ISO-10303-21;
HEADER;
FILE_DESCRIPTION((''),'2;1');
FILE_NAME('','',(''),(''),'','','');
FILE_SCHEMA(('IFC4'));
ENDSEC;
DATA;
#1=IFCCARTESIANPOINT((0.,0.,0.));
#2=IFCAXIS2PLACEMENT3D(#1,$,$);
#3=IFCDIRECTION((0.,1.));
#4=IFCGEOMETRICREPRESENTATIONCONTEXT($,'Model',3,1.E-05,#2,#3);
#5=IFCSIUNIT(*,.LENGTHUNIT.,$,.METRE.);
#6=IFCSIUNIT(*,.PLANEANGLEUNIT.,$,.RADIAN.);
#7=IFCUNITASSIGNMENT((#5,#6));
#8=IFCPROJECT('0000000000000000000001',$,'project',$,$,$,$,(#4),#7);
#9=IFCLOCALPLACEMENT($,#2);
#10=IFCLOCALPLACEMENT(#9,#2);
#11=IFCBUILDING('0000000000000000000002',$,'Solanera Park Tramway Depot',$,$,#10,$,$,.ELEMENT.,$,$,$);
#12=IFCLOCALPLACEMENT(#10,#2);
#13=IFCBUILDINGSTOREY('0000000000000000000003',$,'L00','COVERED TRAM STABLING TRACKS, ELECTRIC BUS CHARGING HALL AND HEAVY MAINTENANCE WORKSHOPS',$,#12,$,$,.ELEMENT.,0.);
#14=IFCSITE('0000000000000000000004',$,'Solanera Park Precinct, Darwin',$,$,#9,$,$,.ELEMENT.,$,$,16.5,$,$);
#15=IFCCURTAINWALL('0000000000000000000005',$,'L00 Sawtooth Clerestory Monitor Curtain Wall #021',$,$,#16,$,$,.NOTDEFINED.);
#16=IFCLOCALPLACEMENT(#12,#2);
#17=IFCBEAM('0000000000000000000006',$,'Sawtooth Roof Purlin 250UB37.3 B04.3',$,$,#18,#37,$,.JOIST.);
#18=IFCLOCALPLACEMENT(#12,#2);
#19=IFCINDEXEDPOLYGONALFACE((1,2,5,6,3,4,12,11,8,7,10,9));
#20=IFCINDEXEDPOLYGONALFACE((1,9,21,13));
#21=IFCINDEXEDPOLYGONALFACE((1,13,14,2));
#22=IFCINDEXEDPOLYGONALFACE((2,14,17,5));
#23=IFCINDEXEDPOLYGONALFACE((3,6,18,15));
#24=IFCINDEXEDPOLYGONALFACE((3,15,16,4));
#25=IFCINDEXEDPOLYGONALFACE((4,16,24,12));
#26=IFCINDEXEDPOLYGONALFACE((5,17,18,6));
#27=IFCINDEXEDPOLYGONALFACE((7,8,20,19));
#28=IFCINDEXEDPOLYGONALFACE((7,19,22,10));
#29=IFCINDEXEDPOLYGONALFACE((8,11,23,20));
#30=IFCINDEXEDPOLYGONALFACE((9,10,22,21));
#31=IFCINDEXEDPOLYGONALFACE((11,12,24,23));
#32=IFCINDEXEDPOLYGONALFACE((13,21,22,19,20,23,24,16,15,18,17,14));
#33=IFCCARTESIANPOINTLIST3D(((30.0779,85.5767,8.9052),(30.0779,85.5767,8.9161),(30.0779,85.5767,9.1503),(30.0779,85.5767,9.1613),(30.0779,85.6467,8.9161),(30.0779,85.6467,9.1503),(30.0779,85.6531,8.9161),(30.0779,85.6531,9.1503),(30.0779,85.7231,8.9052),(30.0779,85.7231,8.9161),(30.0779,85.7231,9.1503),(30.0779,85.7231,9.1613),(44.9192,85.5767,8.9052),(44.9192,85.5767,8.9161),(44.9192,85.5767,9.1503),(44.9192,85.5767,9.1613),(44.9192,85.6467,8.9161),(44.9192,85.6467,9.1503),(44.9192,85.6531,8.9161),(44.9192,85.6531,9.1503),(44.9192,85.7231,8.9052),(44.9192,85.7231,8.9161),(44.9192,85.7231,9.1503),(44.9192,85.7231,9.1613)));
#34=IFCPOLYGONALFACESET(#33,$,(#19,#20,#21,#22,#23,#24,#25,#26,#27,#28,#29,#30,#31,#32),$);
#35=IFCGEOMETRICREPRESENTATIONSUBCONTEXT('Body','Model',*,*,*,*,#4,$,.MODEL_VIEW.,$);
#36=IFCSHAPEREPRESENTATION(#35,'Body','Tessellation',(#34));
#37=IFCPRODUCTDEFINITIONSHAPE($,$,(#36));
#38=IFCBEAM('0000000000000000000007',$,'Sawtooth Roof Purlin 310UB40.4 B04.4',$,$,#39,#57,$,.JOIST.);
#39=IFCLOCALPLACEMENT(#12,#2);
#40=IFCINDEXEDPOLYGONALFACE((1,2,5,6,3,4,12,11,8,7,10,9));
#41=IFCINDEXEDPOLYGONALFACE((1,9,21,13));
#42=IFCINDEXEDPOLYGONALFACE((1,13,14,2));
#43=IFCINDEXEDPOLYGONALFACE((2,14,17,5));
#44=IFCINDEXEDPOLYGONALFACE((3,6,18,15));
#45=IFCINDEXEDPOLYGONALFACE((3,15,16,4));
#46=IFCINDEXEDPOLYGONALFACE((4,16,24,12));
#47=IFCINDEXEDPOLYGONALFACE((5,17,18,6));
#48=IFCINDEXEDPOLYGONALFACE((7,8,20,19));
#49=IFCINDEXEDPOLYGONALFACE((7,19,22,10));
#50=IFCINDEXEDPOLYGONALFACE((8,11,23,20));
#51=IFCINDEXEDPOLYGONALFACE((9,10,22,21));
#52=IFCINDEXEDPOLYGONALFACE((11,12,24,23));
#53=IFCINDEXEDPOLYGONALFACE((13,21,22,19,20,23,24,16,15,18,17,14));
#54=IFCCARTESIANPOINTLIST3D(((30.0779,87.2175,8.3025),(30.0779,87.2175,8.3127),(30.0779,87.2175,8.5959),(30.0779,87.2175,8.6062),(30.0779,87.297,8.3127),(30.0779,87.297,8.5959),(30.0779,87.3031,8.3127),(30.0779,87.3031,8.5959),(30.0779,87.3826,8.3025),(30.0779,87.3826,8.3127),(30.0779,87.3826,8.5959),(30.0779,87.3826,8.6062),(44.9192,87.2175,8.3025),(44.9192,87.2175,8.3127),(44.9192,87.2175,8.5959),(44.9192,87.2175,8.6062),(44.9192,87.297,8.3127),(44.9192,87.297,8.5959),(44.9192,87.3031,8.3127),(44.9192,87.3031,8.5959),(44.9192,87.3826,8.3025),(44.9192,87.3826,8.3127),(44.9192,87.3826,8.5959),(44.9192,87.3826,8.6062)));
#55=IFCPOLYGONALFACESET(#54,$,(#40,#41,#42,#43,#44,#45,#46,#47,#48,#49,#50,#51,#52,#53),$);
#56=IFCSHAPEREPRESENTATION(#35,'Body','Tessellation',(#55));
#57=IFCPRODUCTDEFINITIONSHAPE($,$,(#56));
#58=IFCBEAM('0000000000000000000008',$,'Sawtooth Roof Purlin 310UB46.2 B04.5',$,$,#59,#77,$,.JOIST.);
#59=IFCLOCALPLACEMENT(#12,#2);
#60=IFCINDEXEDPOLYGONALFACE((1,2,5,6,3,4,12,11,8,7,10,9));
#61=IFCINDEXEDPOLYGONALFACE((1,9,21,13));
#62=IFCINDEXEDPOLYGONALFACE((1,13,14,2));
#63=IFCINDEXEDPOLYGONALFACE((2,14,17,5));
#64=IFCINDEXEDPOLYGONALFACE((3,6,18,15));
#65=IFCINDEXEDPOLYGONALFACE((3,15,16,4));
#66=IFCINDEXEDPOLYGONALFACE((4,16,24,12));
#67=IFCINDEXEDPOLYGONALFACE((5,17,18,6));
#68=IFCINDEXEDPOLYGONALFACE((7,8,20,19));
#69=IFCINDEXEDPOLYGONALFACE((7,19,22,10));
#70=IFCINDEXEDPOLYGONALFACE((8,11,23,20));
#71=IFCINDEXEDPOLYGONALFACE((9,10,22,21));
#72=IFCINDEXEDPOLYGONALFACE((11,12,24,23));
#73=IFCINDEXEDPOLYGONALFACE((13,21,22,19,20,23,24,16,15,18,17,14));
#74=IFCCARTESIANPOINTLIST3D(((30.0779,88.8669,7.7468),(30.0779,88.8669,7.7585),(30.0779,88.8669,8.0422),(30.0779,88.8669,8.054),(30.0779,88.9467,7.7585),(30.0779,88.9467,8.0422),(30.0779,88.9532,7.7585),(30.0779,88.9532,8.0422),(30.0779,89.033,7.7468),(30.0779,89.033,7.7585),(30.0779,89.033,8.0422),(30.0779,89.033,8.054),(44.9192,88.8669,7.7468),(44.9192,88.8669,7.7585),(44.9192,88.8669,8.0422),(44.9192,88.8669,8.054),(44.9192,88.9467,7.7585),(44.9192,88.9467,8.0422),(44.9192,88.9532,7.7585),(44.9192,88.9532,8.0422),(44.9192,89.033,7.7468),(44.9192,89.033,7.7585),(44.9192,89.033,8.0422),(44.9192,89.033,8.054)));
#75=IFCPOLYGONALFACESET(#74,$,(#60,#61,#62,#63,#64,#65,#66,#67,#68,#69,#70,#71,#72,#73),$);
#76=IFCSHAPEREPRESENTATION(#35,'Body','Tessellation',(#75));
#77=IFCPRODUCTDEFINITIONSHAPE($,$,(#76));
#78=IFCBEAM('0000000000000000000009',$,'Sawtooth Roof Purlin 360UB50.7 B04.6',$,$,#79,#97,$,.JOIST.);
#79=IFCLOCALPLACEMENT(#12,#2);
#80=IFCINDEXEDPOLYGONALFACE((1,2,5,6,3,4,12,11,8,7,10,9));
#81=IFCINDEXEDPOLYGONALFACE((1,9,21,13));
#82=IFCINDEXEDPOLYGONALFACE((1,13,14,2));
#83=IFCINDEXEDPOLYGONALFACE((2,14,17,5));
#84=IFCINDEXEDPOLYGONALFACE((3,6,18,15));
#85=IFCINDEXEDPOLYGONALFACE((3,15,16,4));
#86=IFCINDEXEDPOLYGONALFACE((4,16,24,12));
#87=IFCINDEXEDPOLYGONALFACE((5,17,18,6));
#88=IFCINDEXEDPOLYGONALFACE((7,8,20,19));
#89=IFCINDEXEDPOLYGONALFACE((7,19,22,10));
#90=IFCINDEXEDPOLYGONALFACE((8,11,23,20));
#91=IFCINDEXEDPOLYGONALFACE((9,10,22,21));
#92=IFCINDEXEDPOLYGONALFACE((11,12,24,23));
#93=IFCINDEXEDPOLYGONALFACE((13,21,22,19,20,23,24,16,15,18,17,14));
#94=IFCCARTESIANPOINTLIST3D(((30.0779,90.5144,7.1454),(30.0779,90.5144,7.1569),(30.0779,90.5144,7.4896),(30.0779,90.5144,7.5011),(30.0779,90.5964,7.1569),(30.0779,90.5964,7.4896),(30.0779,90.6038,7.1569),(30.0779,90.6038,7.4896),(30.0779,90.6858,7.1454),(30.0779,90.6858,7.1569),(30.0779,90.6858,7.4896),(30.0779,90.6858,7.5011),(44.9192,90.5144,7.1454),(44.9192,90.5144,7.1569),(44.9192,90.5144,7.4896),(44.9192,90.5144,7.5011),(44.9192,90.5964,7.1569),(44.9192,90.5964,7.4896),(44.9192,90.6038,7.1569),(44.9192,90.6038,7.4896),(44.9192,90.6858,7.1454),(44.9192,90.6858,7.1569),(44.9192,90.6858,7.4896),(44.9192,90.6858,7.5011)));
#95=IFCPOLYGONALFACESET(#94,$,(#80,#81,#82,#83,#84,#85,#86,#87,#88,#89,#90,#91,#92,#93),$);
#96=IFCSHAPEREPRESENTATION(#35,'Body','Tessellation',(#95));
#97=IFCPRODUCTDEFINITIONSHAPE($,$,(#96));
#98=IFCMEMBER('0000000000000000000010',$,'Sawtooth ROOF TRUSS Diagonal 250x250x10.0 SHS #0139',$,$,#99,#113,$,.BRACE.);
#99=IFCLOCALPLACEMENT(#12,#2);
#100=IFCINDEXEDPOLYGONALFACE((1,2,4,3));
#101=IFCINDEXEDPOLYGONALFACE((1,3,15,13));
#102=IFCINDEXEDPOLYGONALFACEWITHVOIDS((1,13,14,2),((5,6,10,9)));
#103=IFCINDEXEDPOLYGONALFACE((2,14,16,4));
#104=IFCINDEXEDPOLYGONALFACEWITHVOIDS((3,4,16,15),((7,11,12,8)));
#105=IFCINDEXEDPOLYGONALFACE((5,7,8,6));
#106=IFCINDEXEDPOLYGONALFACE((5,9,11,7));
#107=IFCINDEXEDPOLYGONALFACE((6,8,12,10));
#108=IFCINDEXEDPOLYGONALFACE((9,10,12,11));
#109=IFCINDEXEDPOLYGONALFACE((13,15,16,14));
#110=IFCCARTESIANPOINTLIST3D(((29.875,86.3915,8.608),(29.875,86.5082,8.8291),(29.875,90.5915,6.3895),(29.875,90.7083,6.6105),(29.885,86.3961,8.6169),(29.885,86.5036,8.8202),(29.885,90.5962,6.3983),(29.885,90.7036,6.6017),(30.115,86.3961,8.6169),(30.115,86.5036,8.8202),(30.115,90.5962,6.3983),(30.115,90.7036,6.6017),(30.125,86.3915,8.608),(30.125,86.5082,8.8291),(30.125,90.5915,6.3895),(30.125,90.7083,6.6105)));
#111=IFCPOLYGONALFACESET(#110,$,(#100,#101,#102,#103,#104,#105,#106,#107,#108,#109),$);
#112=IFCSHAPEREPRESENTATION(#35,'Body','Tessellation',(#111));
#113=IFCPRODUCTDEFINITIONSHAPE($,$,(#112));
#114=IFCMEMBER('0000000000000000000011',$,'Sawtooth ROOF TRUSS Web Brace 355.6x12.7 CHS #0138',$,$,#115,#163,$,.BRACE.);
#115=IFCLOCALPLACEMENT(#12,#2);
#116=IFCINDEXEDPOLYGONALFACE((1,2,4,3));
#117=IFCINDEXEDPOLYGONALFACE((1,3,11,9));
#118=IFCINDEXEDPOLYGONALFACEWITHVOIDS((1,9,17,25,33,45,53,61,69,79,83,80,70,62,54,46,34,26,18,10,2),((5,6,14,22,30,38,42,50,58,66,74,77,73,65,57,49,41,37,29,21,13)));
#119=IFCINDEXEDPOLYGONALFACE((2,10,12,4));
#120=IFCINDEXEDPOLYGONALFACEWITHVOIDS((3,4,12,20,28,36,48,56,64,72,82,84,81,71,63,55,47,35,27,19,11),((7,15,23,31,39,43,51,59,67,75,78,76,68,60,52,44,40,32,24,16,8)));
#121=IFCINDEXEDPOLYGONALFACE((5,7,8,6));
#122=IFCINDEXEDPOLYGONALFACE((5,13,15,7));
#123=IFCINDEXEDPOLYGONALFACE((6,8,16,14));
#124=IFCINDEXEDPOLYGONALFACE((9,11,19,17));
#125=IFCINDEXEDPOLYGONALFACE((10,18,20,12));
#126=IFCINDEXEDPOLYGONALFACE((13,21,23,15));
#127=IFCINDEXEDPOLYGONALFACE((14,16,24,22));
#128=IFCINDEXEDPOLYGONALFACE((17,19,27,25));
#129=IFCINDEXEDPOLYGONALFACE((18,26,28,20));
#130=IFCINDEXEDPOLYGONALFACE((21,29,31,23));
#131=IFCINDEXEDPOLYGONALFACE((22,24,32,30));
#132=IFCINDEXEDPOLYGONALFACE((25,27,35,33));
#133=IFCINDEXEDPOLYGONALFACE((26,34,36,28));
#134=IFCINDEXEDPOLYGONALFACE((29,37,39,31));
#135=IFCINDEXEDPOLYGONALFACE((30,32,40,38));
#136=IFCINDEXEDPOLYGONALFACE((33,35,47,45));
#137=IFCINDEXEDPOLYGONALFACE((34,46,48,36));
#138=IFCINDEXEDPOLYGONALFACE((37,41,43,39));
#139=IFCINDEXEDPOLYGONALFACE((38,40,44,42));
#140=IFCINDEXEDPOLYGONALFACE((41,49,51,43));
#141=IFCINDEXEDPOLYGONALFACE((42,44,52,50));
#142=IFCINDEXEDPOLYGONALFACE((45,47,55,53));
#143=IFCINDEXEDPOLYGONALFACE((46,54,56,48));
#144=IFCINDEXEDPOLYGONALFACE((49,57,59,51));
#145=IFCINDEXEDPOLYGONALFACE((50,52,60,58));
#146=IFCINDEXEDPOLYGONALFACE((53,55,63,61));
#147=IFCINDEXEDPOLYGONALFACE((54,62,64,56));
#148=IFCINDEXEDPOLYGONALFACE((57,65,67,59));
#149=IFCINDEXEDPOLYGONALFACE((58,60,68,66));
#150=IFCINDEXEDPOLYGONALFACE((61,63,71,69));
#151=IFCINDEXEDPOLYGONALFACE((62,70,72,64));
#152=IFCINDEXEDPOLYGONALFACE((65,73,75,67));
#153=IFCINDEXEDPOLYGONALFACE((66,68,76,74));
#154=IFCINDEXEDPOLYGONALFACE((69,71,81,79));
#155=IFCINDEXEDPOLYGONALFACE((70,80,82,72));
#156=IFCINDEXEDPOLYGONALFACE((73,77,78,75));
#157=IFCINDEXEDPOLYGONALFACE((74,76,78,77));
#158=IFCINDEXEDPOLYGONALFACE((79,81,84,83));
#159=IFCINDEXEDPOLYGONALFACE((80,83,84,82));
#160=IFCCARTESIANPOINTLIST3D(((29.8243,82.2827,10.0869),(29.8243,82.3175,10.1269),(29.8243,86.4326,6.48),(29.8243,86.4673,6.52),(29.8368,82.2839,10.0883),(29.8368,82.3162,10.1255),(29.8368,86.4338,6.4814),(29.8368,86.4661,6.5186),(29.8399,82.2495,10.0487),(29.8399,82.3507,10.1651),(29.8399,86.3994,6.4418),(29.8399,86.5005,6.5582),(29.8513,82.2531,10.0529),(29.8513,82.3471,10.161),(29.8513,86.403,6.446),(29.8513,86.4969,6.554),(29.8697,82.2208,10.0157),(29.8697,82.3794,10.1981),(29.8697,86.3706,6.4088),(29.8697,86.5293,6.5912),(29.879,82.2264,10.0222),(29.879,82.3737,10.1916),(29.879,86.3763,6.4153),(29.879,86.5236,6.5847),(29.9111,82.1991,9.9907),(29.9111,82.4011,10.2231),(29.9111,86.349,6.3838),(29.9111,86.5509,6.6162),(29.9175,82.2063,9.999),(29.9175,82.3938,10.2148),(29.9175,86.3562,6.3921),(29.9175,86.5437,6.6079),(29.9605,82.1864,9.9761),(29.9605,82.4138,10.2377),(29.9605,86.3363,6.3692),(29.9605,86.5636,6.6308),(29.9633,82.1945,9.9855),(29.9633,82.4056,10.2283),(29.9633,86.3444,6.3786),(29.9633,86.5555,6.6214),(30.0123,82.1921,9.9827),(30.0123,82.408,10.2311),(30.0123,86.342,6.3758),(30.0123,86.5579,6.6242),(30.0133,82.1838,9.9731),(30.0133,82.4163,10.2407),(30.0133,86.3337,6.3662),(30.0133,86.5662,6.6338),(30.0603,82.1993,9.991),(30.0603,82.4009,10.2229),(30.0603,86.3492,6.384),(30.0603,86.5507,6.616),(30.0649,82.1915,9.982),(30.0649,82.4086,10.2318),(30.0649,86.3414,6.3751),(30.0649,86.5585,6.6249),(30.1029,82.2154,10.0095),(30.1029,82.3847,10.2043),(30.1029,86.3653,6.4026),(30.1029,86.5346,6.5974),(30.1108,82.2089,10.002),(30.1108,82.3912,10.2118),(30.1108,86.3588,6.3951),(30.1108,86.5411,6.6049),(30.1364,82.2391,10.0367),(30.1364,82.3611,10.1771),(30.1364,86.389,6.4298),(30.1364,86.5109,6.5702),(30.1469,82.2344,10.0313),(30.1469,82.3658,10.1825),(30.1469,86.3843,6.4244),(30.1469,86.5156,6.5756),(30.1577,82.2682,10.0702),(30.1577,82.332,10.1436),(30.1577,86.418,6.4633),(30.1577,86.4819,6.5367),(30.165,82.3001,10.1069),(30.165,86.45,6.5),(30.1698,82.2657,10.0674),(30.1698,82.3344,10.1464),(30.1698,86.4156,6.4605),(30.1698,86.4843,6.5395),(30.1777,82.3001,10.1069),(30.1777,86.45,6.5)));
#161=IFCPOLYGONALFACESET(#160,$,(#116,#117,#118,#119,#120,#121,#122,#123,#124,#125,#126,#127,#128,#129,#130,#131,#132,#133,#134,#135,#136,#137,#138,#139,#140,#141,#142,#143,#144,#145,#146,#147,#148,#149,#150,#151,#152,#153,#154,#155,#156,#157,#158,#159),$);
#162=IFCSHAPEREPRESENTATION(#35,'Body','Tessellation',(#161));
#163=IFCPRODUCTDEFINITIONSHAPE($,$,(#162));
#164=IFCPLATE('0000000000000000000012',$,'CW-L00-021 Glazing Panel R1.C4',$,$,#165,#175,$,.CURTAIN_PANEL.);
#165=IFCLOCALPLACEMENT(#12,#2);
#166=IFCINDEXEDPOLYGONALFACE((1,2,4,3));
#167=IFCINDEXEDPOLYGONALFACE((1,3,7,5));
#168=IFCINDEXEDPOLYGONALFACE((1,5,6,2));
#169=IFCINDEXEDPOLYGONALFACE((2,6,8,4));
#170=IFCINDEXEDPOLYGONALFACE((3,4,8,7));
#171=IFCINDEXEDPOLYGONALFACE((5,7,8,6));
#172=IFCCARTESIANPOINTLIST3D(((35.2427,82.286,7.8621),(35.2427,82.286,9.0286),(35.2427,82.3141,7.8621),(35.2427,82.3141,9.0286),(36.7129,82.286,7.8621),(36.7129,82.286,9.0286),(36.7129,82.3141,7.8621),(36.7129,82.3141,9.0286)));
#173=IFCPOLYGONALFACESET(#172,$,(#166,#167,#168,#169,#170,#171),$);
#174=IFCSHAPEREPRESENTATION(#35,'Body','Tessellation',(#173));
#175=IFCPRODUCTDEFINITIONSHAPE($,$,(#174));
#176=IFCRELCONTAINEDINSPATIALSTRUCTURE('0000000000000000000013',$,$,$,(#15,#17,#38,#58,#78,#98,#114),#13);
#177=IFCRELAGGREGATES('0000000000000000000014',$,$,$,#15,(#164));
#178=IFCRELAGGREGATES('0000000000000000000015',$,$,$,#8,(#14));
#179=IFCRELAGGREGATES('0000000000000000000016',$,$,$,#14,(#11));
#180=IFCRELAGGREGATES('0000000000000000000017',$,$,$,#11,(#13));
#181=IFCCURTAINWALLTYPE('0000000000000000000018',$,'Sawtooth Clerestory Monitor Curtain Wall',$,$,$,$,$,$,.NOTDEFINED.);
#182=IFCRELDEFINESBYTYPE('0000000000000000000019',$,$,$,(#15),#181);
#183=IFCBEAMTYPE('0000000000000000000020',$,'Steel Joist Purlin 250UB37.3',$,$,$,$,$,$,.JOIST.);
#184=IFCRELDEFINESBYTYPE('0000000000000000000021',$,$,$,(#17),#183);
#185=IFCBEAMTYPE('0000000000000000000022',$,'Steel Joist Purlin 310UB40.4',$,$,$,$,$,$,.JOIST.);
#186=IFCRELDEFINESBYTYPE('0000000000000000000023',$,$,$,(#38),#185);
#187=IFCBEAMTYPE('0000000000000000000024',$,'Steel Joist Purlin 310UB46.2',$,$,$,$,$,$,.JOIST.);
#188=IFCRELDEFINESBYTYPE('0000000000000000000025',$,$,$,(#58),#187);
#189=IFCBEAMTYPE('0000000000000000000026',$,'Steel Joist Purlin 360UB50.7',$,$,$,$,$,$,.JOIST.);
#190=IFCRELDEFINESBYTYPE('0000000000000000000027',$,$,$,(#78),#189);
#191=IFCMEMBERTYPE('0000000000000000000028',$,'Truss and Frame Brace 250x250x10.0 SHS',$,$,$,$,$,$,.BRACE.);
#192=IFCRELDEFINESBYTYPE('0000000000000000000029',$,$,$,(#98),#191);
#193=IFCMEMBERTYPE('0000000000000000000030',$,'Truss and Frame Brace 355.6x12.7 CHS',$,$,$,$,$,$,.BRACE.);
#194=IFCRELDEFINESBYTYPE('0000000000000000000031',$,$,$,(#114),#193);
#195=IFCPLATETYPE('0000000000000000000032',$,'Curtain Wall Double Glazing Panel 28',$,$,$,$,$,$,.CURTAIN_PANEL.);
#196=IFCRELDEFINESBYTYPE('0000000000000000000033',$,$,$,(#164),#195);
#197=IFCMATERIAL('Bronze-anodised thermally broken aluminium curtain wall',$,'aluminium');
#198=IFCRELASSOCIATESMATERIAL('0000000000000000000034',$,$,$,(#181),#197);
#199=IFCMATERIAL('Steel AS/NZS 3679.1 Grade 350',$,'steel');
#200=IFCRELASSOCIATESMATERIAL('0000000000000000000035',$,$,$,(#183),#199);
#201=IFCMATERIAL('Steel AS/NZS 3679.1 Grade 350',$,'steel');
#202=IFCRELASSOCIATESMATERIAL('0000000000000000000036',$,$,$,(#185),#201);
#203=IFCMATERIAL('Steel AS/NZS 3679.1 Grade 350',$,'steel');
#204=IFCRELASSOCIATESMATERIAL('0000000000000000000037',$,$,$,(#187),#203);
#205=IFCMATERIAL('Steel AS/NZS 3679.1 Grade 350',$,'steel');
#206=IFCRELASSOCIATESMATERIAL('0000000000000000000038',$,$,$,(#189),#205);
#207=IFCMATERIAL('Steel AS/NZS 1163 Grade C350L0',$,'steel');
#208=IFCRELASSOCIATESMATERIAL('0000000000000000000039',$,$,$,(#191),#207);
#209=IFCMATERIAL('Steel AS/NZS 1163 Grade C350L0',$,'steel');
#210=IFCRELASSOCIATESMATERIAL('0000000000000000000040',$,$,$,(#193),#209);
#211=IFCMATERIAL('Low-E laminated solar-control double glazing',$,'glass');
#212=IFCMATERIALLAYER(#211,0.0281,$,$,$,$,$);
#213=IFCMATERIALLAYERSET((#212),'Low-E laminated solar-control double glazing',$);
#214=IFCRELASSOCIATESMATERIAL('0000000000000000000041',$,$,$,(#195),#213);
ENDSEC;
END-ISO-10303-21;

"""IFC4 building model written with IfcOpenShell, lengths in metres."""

from ifc_helpers import new_model, si_unit, direction, frame, origin, origin_2d, place, context, subcontext, project, spatial, rectangle, hollow_rectangle, hollow_circle, i_section, extrude, material, layer, layer_set, material_profile, profile_set, type_object, element, aggregate, save


model = new_model("IFC4")

# Units and contexts
model_context = context("Model", 3, precision=1e-05, world=origin(), true_north=direction((0.0, 1.0)))
body_context = subcontext(model_context, "Body", "Model", "MODEL_VIEW")
ifc_project = project(units=[si_unit("LENGTHUNIT", "METRE"), si_unit("PLANEANGLEUNIT", "RADIAN")], contexts=[model_context])

# Site, building, storey
site_placement = place(None, origin())
site = spatial("IfcSite", under=ifc_project, at=site_placement, Name="Solanera Park Precinct, Darwin", CompositionType="ELEMENT", RefElevation=16.5)
building_placement = place(site_placement, origin())
building = spatial("IfcBuilding", under=site, at=building_placement, Name="Solanera Park Tramway Depot", CompositionType="ELEMENT")
storey_placement = place(building_placement, origin())
storey = spatial("IfcBuildingStorey", under=building, at=storey_placement, Name="L00", Description="COVERED TRAM STABLING TRACKS, ELECTRIC BUS CHARGING HALL AND HEAVY MAINTENANCE WORKSHOPS", CompositionType="ELEMENT", Elevation=0.0)

# Curtain wall
ifc_material_1 = material(Name="Bronze-anodised thermally broken aluminium curtain wall", Category="aluminium")
curtain_wall_type = type_object("IfcCurtainWallType", Name="Sawtooth Clerestory Monitor Curtain Wall", PredefinedType="NOTDEFINED", material=ifc_material_1)
curtain_wall_placement = place(storey_placement, origin())
curtain_wall = element("IfcCurtainWall", 1, at=curtain_wall_placement, inside=storey, type_object=curtain_wall_type, Name="L00 Sawtooth Clerestory Monitor Curtain Wall #021", PredefinedType="NOTDEFINED")

# Beams
ifc_material_2 = material(Name="Steel AS/NZS 3679.1 Grade 350", Category="steel")
ifc_material_profile_1 = material_profile(ifc_material_2, i_section(OverallWidth=0.1465, OverallDepth=0.2561, WebThickness=0.0063, FlangeThickness=0.011, at=origin_2d()), Name="250UB37.3")
ifc_profile_set_1 = profile_set([ifc_material_profile_1], Name="Steel AS/NZS 3679.1 Grade 350")
beam_type_1 = type_object("IfcBeamType", Name="Steel Joist Purlin 250UB37.3", PredefinedType="JOIST", material=ifc_profile_set_1)
beam_1_placement = place(storey_placement, frame((30.0779, 85.6499, 9.0332), z_axis=(1.0, 0.0, 0.0), x_axis=(0.0, 1.0, 0.0)))
element("IfcBeam", 2, at=beam_1_placement, inside=storey, type_object=beam_type_1, Name="Sawtooth Roof Purlin 250UB37.3 B04.3", PredefinedType="JOIST", context=body_context, shape_type="SweptSolid", body=[
    extrude(i_section(OverallWidth=0.1465, OverallDepth=0.2561, WebThickness=0.0063, FlangeThickness=0.011, at=origin_2d()), origin(), (0.0, 0.0, 1.0), 14.8413),
])
ifc_material_3 = material(Name="Steel AS/NZS 3679.1 Grade 350", Category="steel")
ifc_material_profile_2 = material_profile(ifc_material_3, i_section(OverallWidth=0.165, OverallDepth=0.3037, WebThickness=0.0061, FlangeThickness=0.0103, at=origin_2d()), Name="310UB40.4")
ifc_profile_set_2 = profile_set([ifc_material_profile_2], Name="Steel AS/NZS 3679.1 Grade 350")
beam_type_2 = type_object("IfcBeamType", Name="Steel Joist Purlin 310UB40.4", PredefinedType="JOIST", material=ifc_profile_set_2)
beam_2_placement = place(storey_placement, frame((30.0779, 87.3, 8.4543), z_axis=(1.0, 0.0, 0.0), x_axis=(0.0, 1.0, 0.0)))
element("IfcBeam", 3, at=beam_2_placement, inside=storey, type_object=beam_type_2, Name="Sawtooth Roof Purlin 310UB40.4 B04.4", PredefinedType="JOIST", context=body_context, shape_type="SweptSolid", body=[
    extrude(i_section(OverallWidth=0.165, OverallDepth=0.3037, WebThickness=0.0061, FlangeThickness=0.0103, at=origin_2d()), origin(), (0.0, 0.0, 1.0), 14.8413),
])
ifc_material_4 = material(Name="Steel AS/NZS 3679.1 Grade 350", Category="steel")
ifc_material_profile_3 = material_profile(ifc_material_4, i_section(OverallWidth=0.166, OverallDepth=0.3071, WebThickness=0.0066, FlangeThickness=0.0117, at=origin_2d()), Name="310UB46.2")
ifc_profile_set_3 = profile_set([ifc_material_profile_3], Name="Steel AS/NZS 3679.1 Grade 350")
beam_type_3 = type_object("IfcBeamType", Name="Steel Joist Purlin 310UB46.2", PredefinedType="JOIST", material=ifc_profile_set_3)
beam_3_placement = place(storey_placement, frame((30.0779, 88.95, 7.9004), z_axis=(1.0, 0.0, 0.0), x_axis=(0.0, 1.0, 0.0)))
element("IfcBeam", 4, at=beam_3_placement, inside=storey, type_object=beam_type_3, Name="Sawtooth Roof Purlin 310UB46.2 B04.5", PredefinedType="JOIST", context=body_context, shape_type="SweptSolid", body=[
    extrude(i_section(OverallWidth=0.166, OverallDepth=0.3071, WebThickness=0.0066, FlangeThickness=0.0117, at=origin_2d()), origin(), (0.0, 0.0, 1.0), 14.8413),
])
ifc_material_5 = material(Name="Steel AS/NZS 3679.1 Grade 350", Category="steel")
ifc_material_profile_4 = material_profile(ifc_material_5, i_section(OverallWidth=0.1714, OverallDepth=0.3557, WebThickness=0.0073, FlangeThickness=0.0115, at=origin_2d()), Name="360UB50.7")
ifc_profile_set_4 = profile_set([ifc_material_profile_4], Name="Steel AS/NZS 3679.1 Grade 350")
beam_type_4 = type_object("IfcBeamType", Name="Steel Joist Purlin 360UB50.7", PredefinedType="JOIST", material=ifc_profile_set_4)
beam_4_placement = place(storey_placement, frame((30.0779, 90.6001, 7.3232), z_axis=(1.0, 0.0, 0.0), x_axis=(0.0, 1.0, 0.0)))
element("IfcBeam", 5, at=beam_4_placement, inside=storey, type_object=beam_type_4, Name="Sawtooth Roof Purlin 360UB50.7 B04.6", PredefinedType="JOIST", context=body_context, shape_type="SweptSolid", body=[
    extrude(i_section(OverallWidth=0.1714, OverallDepth=0.3557, WebThickness=0.0073, FlangeThickness=0.0115, at=origin_2d()), origin(), (0.0, 0.0, 1.0), 14.8413),
])

# Members
ifc_material_6 = material(Name="Steel AS/NZS 1163 Grade C350L0", Category="steel")
ifc_material_profile_5 = material_profile(ifc_material_6, hollow_rectangle(XDim=0.25, YDim=0.25, WallThickness=0.01, at=origin_2d()), Name="250x250x10.0 SHS")
ifc_profile_set_5 = profile_set([ifc_material_profile_5], Name="Steel AS/NZS 1163 Grade C350L0")
member_type_1 = type_object("IfcMemberType", Name="Truss and Frame Brace 250x250x10.0 SHS", PredefinedType="BRACE", material=ifc_profile_set_5)
member_1_placement = place(storey_placement, frame((30.0, 90.6499, 6.5), z_axis=(0.0, -0.884223, 0.467066), x_axis=(1.0, 0.0, 0.0)))
element("IfcMember", 6, at=member_1_placement, inside=storey, type_object=member_type_1, Name="Sawtooth ROOF TRUSS Diagonal 250x250x10.0 SHS #0139", PredefinedType="BRACE", context=body_context, shape_type="SweptSolid", body=[
    extrude(hollow_rectangle(XDim=0.25, YDim=0.25, WallThickness=0.01, at=origin_2d()), origin(), (0.0, 0.0, 1.0), 4.75),
])
ifc_material_7 = material(Name="Steel AS/NZS 1163 Grade C350L0", Category="steel")
ifc_material_profile_6 = material_profile(ifc_material_7, hollow_circle(Radius=0.1777, WallThickness=0.0127, at=origin_2d()), Name="355.6x12.7 CHS")
ifc_profile_set_6 = profile_set([ifc_material_profile_6], Name="Steel AS/NZS 1163 Grade C350L0")
member_type_2 = type_object("IfcMemberType", Name="Truss and Frame Brace 355.6x12.7 CHS", PredefinedType="BRACE", material=ifc_profile_set_6)
member_2_placement = place(storey_placement, frame((30.0, 86.45, 6.5), z_axis=(0.0, -0.754757, 0.656005), x_axis=(1.0, 0.0, 0.0)))
element("IfcMember", 7, at=member_2_placement, inside=storey, type_object=member_type_2, Name="Sawtooth ROOF TRUSS Web Brace 355.6x12.7 CHS #0138", PredefinedType="BRACE", context=body_context, shape_type="SweptSolid", body=[
    extrude(hollow_circle(Radius=0.1777, WallThickness=0.0127, at=origin_2d()), origin(), (0.0, 0.0, 1.0), 5.4983),
])

# Plate
ifc_material_8 = material(Name="Low-E laminated solar-control double glazing", Category="glass")
ifc_layer_1 = layer(ifc_material_8, 0.0281)
ifc_layer_set_1 = layer_set([ifc_layer_1], Name="Low-E laminated solar-control double glazing")
plate_type_1 = type_object("IfcPlateType", Name="Curtain Wall Double Glazing Panel 28", PredefinedType="CURTAIN_PANEL", material=ifc_layer_set_1)
plate_1_placement = place(storey_placement, frame((35.9778, 82.3, 7.8621), z_axis=(0.0, 0.0, 1.0), x_axis=(1.0, 0.0, 0.0)))
plate_1 = element("IfcPlate", 8, at=plate_1_placement, type_object=plate_type_1, Name="CW-L00-021 Glazing Panel R1.C4", PredefinedType="CURTAIN_PANEL", context=body_context, shape_type="SweptSolid", body=[
    extrude(rectangle(XDim=1.4702, YDim=0.0281, at=origin_2d()), origin(), (0.0, 0.0, 1.0), 1.1665),
])
aggregate(curtain_wall, [plate_1])

save(model, "model.ifc")
